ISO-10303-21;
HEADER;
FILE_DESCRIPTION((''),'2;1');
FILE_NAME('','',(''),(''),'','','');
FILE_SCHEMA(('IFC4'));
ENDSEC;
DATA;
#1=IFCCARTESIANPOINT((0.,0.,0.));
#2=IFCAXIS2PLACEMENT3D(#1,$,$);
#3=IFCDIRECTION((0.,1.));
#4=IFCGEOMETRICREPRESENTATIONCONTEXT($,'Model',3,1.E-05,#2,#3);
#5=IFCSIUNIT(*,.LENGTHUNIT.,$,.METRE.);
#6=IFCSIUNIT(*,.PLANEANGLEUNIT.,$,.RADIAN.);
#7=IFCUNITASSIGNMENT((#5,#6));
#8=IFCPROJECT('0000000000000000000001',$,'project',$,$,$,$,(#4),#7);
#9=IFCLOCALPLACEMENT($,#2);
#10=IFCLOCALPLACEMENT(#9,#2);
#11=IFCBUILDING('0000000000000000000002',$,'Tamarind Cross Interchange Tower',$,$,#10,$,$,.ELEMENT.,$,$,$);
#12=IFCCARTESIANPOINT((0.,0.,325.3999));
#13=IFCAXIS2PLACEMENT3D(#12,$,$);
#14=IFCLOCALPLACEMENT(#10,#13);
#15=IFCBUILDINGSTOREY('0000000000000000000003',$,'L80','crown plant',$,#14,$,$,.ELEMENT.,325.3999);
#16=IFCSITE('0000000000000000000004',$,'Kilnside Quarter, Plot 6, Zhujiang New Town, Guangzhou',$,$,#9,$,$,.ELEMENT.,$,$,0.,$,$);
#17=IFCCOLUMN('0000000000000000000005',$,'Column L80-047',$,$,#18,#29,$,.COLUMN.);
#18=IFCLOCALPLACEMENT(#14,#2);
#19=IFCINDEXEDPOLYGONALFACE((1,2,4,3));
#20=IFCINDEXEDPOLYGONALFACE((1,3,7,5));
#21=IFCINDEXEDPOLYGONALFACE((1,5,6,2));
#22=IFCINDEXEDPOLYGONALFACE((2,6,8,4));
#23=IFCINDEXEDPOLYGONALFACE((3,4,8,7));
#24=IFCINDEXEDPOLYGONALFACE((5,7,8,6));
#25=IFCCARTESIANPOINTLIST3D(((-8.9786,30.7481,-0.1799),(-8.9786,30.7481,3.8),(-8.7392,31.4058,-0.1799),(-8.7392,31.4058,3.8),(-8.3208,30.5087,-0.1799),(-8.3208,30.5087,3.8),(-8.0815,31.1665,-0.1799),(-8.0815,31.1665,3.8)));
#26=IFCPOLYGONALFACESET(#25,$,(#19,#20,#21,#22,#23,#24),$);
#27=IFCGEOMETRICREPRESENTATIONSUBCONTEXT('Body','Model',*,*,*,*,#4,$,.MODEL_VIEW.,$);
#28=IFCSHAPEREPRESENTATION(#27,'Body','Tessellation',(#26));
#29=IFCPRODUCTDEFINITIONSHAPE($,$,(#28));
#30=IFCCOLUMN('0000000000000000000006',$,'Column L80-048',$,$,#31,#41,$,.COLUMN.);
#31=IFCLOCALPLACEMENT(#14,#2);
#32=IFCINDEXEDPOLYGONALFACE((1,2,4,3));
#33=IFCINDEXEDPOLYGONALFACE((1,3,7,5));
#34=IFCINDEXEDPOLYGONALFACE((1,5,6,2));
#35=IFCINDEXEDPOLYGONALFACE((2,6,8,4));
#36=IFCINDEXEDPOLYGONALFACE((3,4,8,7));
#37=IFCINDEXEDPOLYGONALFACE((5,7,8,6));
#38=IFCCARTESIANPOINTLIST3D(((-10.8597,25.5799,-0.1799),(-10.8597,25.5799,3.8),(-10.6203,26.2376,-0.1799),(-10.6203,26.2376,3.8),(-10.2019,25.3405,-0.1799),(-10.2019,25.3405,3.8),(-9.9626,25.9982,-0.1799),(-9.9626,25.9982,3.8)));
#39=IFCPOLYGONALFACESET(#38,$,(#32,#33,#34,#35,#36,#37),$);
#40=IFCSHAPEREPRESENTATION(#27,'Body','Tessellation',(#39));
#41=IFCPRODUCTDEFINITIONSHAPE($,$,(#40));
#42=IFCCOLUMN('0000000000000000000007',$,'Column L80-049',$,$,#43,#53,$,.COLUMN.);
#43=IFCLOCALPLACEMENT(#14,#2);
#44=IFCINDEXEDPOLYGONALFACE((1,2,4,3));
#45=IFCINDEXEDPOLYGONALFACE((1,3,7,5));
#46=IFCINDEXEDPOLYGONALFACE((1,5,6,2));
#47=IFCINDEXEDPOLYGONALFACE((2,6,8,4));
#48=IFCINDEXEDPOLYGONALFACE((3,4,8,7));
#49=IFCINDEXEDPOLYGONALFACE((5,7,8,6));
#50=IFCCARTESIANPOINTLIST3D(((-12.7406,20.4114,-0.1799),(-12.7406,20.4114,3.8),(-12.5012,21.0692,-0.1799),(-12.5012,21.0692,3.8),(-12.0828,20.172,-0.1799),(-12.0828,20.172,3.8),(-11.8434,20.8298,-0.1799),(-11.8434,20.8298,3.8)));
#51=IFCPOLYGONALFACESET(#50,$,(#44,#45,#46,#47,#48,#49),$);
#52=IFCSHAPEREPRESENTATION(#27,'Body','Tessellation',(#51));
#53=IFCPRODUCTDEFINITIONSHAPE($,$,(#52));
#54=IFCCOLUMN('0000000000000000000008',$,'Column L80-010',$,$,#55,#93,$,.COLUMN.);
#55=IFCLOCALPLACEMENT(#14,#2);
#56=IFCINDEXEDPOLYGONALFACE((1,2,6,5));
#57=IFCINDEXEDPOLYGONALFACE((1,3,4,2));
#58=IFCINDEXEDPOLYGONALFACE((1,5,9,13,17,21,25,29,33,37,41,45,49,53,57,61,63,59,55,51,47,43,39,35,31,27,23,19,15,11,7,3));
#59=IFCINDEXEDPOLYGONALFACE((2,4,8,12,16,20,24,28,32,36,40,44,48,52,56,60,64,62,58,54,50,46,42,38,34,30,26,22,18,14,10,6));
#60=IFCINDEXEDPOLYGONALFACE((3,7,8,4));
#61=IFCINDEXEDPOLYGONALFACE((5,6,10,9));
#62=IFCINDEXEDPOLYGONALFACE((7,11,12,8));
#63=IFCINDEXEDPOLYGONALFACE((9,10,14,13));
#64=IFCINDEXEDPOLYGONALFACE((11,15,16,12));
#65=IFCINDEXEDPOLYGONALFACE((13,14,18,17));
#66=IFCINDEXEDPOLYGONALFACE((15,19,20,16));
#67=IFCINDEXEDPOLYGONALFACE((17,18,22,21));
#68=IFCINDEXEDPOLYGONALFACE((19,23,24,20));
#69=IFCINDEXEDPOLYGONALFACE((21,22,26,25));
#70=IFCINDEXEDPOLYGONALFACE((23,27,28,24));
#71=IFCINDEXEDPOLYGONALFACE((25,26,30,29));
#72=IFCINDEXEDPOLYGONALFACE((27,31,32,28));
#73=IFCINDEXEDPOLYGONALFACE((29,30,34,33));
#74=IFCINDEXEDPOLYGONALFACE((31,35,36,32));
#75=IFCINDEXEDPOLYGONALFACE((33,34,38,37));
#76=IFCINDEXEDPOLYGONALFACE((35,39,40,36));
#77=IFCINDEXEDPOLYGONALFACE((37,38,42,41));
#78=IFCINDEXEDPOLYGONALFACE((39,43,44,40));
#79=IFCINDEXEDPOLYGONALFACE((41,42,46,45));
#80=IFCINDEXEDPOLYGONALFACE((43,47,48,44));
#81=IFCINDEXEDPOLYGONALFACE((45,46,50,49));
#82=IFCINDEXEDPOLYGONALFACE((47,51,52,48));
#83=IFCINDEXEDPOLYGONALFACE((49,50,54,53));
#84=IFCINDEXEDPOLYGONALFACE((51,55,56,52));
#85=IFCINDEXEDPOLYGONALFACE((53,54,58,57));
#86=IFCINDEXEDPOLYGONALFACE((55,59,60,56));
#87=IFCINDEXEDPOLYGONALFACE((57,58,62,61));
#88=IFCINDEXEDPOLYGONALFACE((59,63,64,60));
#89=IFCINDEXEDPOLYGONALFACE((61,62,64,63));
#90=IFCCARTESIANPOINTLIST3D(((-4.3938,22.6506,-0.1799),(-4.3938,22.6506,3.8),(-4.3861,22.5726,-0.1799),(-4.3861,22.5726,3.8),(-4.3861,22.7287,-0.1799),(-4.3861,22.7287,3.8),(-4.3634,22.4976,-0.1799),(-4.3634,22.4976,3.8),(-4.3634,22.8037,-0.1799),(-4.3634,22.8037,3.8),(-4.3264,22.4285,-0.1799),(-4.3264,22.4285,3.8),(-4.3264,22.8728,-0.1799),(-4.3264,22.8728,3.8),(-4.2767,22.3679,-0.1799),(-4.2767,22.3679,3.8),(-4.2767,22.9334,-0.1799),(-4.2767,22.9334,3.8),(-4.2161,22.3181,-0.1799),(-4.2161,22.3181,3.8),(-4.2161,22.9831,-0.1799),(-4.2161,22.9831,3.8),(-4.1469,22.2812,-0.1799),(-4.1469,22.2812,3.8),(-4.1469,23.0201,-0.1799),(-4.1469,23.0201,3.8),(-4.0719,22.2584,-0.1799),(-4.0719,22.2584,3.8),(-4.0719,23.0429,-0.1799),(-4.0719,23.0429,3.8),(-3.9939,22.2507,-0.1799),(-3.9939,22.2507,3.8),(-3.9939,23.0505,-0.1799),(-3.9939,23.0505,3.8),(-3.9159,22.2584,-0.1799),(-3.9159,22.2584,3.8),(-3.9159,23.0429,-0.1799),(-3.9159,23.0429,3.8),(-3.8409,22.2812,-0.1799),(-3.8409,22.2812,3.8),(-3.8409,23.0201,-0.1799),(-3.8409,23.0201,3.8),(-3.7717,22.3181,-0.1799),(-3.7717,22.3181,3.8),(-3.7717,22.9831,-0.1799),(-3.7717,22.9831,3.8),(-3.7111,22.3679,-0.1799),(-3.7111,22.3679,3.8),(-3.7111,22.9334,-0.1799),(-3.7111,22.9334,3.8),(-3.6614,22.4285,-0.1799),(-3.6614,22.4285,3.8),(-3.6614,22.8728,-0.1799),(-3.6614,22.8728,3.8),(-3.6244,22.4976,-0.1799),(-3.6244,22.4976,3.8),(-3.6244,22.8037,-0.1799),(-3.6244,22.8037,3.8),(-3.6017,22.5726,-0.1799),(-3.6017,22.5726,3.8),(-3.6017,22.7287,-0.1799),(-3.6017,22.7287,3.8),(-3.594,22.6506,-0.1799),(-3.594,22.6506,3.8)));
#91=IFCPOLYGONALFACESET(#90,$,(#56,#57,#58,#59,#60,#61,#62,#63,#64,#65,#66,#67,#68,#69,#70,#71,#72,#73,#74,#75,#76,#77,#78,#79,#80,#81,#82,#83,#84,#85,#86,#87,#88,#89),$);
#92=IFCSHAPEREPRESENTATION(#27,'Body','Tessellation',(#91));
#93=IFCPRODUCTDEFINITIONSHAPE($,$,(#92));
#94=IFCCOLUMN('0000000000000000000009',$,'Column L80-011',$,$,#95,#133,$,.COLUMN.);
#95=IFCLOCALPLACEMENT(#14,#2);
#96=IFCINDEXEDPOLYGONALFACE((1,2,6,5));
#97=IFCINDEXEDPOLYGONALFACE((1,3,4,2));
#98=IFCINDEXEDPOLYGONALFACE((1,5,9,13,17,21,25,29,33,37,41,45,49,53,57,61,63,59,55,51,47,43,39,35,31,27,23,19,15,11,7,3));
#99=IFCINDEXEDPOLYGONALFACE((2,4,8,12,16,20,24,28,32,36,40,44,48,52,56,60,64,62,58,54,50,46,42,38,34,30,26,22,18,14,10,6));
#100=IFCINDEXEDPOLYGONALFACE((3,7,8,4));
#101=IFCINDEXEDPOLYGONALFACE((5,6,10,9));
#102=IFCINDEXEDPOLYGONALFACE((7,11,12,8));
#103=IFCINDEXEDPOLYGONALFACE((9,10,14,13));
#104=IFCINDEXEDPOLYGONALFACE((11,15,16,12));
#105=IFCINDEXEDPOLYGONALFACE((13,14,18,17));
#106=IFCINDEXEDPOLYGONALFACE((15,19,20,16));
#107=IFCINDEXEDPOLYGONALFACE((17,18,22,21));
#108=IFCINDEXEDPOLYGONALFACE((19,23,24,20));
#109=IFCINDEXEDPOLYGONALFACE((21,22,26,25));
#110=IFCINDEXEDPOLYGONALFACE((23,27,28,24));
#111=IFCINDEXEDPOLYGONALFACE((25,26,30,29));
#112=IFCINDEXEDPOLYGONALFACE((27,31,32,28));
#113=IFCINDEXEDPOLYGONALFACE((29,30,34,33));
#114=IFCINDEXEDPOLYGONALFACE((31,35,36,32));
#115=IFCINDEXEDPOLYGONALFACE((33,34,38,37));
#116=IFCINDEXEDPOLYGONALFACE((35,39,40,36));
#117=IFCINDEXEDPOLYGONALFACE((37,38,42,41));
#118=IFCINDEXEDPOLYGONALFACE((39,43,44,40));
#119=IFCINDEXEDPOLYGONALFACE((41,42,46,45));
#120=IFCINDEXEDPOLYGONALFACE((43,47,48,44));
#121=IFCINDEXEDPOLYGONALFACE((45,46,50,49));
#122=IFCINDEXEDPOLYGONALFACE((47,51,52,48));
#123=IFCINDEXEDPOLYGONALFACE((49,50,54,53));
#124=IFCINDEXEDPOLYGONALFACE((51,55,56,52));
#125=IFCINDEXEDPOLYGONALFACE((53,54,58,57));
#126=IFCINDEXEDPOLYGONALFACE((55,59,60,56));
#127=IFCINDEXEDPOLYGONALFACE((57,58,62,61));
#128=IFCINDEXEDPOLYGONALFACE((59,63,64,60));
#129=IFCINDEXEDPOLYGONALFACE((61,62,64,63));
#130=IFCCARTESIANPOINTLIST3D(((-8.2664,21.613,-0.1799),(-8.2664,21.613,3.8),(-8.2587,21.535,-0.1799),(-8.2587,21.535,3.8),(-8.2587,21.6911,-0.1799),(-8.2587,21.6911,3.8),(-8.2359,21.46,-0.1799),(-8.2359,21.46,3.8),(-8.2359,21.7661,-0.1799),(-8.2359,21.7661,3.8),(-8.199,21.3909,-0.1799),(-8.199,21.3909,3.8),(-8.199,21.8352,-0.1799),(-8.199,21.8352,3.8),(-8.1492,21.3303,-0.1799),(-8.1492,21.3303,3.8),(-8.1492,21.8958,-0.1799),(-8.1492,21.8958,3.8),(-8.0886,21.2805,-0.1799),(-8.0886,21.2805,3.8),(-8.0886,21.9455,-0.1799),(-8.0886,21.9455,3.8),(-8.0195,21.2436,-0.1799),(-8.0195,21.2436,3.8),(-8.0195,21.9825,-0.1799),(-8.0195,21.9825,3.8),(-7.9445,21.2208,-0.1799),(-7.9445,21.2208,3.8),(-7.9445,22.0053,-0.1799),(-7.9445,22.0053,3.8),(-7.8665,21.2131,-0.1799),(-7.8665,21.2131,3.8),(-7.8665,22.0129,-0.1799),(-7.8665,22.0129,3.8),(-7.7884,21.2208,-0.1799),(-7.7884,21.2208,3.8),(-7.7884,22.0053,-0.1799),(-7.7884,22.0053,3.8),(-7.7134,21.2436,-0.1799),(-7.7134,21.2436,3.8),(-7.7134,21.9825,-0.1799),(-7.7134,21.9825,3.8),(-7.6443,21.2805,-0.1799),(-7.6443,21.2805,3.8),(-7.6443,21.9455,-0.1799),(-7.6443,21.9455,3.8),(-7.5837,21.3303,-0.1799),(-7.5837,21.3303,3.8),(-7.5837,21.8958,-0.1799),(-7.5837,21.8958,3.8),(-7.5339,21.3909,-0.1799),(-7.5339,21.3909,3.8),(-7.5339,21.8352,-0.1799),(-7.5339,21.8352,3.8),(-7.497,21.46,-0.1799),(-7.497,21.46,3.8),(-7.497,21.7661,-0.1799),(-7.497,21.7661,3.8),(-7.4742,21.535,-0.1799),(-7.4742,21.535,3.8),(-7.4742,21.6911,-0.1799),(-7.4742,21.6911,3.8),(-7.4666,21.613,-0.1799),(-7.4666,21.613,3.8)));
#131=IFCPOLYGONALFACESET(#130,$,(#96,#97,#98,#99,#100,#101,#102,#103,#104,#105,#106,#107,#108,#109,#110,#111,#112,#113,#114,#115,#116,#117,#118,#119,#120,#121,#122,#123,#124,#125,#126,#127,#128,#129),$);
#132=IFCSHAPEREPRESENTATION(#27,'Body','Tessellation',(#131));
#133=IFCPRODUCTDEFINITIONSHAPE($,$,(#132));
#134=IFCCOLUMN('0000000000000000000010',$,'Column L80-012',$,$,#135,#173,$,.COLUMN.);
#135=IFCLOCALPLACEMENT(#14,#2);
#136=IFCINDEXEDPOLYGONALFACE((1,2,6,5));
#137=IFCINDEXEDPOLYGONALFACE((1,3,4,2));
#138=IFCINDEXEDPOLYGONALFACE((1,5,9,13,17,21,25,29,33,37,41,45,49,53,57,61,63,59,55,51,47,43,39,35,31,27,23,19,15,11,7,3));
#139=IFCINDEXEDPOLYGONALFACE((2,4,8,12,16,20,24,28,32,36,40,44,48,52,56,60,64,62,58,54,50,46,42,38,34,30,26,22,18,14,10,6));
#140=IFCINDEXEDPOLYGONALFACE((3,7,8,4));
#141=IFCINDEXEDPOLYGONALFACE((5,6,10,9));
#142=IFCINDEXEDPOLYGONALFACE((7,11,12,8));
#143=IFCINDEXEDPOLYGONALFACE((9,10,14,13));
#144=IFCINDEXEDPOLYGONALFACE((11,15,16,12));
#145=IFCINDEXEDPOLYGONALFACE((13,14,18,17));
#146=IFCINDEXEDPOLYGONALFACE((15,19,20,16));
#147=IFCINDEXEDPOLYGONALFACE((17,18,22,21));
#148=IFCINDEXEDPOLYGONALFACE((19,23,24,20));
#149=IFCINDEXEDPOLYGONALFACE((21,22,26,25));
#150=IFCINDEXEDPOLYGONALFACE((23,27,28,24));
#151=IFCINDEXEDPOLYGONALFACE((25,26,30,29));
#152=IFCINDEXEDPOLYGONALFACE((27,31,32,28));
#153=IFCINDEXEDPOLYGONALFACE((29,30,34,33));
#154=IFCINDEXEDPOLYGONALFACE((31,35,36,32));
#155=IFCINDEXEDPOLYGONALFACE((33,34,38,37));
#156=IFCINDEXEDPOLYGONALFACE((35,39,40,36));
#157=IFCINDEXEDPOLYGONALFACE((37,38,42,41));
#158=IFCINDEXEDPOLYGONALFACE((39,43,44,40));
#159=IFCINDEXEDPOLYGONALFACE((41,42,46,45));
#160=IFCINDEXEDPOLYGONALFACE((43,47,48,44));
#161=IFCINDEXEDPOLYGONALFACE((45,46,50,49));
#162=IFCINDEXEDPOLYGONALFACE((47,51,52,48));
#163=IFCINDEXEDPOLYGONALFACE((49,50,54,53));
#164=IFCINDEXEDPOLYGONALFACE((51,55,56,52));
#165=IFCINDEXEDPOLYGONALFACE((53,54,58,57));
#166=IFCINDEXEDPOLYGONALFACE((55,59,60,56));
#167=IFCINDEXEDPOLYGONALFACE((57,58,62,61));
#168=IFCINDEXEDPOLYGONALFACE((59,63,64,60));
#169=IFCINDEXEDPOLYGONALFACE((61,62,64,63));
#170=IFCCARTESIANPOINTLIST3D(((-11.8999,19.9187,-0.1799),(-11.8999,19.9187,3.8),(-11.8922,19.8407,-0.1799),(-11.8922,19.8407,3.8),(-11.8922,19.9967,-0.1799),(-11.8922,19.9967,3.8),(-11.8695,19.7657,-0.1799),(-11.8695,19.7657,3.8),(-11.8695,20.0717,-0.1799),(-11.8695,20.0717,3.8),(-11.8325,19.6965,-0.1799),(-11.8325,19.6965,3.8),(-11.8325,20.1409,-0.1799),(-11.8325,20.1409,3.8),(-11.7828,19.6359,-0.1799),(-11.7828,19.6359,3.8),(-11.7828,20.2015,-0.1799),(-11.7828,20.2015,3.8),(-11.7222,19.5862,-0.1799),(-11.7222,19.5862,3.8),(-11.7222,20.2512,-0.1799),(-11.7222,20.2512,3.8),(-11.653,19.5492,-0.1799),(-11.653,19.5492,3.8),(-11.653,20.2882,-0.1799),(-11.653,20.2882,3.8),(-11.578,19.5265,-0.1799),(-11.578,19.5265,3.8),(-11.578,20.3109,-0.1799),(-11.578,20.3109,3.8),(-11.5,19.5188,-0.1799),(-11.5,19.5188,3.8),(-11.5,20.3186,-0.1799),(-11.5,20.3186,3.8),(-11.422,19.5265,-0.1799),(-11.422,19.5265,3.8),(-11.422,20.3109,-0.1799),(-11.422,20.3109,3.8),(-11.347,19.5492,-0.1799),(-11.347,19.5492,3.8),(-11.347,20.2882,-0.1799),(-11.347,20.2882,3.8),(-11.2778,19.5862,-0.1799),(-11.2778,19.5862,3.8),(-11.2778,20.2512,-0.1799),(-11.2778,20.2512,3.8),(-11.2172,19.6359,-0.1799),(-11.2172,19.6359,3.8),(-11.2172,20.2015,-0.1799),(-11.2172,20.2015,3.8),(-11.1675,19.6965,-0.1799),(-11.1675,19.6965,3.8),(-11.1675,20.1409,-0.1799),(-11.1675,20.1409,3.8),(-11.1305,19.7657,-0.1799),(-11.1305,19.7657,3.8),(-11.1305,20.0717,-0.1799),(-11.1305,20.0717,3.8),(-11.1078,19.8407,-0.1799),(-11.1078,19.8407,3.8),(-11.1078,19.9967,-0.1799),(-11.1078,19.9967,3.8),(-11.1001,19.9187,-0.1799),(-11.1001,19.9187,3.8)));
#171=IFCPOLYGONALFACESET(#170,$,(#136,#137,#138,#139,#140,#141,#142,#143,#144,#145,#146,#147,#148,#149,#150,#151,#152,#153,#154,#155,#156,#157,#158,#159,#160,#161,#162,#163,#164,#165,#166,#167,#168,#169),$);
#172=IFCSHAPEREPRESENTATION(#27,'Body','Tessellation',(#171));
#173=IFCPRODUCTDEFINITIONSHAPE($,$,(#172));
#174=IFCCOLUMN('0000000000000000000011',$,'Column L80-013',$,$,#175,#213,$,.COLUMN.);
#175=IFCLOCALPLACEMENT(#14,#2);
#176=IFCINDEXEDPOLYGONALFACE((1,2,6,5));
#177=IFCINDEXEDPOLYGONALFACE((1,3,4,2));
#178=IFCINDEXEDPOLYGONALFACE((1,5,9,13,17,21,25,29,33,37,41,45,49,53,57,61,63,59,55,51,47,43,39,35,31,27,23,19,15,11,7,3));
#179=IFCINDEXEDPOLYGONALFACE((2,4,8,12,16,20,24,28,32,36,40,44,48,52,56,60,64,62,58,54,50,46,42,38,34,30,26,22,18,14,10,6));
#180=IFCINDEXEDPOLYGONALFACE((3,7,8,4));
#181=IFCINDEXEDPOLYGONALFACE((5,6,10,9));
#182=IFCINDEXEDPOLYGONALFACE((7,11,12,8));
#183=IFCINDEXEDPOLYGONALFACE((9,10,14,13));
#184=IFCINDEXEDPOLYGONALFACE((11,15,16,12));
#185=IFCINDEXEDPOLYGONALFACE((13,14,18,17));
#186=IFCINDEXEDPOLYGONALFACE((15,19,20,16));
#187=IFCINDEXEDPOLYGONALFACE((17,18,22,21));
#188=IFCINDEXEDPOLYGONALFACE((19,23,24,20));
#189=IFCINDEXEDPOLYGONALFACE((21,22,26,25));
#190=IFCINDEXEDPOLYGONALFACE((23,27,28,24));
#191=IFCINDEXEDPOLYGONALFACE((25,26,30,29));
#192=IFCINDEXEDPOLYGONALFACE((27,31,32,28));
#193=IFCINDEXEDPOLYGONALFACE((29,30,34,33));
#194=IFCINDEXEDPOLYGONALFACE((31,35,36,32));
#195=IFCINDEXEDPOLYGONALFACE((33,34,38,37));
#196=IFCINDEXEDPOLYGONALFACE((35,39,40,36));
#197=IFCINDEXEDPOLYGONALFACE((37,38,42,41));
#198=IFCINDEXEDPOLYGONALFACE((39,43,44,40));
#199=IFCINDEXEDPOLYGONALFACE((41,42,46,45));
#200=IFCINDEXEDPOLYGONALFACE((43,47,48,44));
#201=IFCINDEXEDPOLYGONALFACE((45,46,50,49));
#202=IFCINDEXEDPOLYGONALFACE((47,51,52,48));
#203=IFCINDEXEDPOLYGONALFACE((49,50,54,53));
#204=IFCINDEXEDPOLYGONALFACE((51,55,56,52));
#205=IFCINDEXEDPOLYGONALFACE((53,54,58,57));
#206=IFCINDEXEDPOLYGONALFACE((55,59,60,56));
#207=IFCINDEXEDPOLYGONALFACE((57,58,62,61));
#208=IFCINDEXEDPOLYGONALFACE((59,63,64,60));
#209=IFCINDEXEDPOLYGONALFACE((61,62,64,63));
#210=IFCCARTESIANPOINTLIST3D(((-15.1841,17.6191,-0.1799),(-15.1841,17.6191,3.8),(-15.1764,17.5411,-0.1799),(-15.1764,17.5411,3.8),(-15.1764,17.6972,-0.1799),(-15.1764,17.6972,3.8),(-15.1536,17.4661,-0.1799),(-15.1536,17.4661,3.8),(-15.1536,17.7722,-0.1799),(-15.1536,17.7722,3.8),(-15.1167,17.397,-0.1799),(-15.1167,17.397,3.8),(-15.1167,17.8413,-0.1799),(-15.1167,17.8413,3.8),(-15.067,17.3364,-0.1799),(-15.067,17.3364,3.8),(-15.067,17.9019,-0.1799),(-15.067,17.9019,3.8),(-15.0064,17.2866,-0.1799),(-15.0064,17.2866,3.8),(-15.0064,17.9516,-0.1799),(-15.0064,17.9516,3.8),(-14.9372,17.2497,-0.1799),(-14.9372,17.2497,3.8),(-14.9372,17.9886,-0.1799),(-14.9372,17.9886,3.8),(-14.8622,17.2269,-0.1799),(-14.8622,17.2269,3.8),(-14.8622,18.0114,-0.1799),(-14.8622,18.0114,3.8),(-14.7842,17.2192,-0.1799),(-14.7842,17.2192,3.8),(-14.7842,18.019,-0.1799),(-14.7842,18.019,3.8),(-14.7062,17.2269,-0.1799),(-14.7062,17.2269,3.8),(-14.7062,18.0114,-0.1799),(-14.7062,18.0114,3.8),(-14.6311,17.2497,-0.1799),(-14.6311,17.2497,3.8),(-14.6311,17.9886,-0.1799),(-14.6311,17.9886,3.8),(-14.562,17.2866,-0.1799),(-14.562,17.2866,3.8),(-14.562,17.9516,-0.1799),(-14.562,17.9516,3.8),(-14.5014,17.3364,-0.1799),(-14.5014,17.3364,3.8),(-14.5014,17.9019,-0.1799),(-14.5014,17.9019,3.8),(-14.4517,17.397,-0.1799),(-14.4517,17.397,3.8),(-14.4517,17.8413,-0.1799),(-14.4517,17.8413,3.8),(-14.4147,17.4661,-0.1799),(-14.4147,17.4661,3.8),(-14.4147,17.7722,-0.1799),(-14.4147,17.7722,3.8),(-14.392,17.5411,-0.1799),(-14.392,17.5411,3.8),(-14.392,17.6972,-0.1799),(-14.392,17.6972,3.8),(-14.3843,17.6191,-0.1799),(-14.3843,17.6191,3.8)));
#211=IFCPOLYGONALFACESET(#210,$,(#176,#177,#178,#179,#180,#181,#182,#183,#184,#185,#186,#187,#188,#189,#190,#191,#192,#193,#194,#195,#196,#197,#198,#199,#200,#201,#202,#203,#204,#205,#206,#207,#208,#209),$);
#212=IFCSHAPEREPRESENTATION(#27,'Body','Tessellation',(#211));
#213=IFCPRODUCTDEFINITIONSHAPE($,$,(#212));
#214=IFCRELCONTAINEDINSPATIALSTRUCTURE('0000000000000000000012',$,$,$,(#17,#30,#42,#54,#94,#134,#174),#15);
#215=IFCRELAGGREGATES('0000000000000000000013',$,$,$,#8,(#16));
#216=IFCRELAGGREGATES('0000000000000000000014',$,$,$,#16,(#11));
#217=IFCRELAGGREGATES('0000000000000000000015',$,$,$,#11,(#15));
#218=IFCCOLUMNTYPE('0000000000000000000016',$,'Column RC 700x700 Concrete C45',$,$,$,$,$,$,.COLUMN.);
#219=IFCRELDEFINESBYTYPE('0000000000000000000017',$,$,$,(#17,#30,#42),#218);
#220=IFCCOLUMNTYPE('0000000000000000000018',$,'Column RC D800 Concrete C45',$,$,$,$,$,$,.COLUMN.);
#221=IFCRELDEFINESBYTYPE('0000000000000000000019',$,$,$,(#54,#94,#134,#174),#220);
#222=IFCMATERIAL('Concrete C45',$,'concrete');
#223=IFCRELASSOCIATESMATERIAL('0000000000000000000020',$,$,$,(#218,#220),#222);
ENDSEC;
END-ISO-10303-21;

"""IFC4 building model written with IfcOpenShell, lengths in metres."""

from ifc_helpers import new_model, si_unit, direction, frame, origin, origin_2d, place, context, subcontext, project, spatial, rectangle, circle, extrude, material, material_profile, profile_set, type_object, element, save


model = new_model("IFC4")

# Units and contexts
model_context = context("Model", 3, precision=1e-05, world=origin(), true_north=direction((0.0, 1.0)))
body_context = subcontext(model_context, "Body", "Model", "MODEL_VIEW")
ifc_project = project(units=[si_unit("LENGTHUNIT", "METRE"), si_unit("PLANEANGLEUNIT", "RADIAN")], contexts=[model_context])

# Site, building, storey
site_placement = place(None, origin())
site = spatial("IfcSite", under=ifc_project, at=site_placement, Name="Kilnside Quarter, Plot 6, Zhujiang New Town, Guangzhou", CompositionType="ELEMENT", RefElevation=0.0)
building_placement = place(site_placement, origin())
building = spatial("IfcBuilding", under=site, at=building_placement, Name="Tamarind Cross Interchange Tower", CompositionType="ELEMENT")
storey_placement = place(building_placement, frame((0.0, 0.0, 325.3999)))
storey = spatial("IfcBuildingStorey", under=building, at=storey_placement, Name="L80", Description="crown plant", CompositionType="ELEMENT", Elevation=325.3999)

# Columns
ifc_material_1 = material(Name="Concrete C45", Category="concrete")
ifc_material_profile_1 = material_profile(ifc_material_1, rectangle(XDim=0.7, YDim=0.7, at=origin_2d()), Name="RC 700x700")
ifc_profile_set_1 = profile_set([ifc_material_profile_1], Name="Concrete C45")
column_type_1 = type_object("IfcColumnType", Name="Column RC 700x700 Concrete C45", PredefinedType="COLUMN", material=ifc_profile_set_1)
for number, where, z_axis, x_axis, name in (
    (1, (-8.53, 30.9573, -0.1799), (0.0, 0.0, 1.0), (0.341994, 0.939702, 0.0), "Column L80-047"),
    (2, (-10.4111, 25.7891, -0.1799), (0.0, 0.0, 1.0), (0.341994, 0.939702, 0.0), "Column L80-048"),
    (3, (-12.292, 20.6206, -0.1799), (0.0, 0.0, 1.0), (0.341994, 0.939702, 0.0), "Column L80-049"),
):
    element("IfcColumn", number, at=place(storey_placement, frame(where, z_axis=z_axis, x_axis=x_axis)), inside=storey, type_object=column_type_1, Name=name, PredefinedType="COLUMN", context=body_context, shape_type="SweptSolid", body=[
        extrude(rectangle(XDim=0.7, YDim=0.7, at=origin_2d()), origin(), (0.0, 0.0, 1.0), 3.98),
    ])
ifc_material_profile_2 = material_profile(ifc_material_1, circle(Radius=0.3999, at=origin_2d()), Name="RC D800")
ifc_profile_set_2 = profile_set([ifc_material_profile_2], Name="Concrete C45")
column_type_2 = type_object("IfcColumnType", Name="Column RC D800 Concrete C45", PredefinedType="COLUMN", material=ifc_profile_set_2)
for number, where, z_axis, x_axis, name in (
    (4, (-3.9939, 22.6506, -0.1799), (0.0, 0.0, 1.0), (1.0, 0.0, 0.0), "Column L80-010"),
    (5, (-7.8665, 21.613, -0.1799), (0.0, 0.0, 1.0), (1.0, 0.0, 0.0), "Column L80-011"),
    (6, (-11.5, 19.9187, -0.1799), (0.0, 0.0, 1.0), (1.0, 0.0, 0.0), "Column L80-012"),
    (7, (-14.7842, 17.6191, -0.1799), (0.0, 0.0, 1.0), (1.0, 0.0, 0.0), "Column L80-013"),
):
    element("IfcColumn", number, at=place(storey_placement, frame(where, z_axis=z_axis, x_axis=x_axis)), inside=storey, type_object=column_type_2, Name=name, PredefinedType="COLUMN", context=body_context, shape_type="SweptSolid", body=[
        extrude(circle(Radius=0.3999, at=origin_2d()), origin(), (0.0, 0.0, 1.0), 3.98),
    ])

save(model, "model.ifc")
